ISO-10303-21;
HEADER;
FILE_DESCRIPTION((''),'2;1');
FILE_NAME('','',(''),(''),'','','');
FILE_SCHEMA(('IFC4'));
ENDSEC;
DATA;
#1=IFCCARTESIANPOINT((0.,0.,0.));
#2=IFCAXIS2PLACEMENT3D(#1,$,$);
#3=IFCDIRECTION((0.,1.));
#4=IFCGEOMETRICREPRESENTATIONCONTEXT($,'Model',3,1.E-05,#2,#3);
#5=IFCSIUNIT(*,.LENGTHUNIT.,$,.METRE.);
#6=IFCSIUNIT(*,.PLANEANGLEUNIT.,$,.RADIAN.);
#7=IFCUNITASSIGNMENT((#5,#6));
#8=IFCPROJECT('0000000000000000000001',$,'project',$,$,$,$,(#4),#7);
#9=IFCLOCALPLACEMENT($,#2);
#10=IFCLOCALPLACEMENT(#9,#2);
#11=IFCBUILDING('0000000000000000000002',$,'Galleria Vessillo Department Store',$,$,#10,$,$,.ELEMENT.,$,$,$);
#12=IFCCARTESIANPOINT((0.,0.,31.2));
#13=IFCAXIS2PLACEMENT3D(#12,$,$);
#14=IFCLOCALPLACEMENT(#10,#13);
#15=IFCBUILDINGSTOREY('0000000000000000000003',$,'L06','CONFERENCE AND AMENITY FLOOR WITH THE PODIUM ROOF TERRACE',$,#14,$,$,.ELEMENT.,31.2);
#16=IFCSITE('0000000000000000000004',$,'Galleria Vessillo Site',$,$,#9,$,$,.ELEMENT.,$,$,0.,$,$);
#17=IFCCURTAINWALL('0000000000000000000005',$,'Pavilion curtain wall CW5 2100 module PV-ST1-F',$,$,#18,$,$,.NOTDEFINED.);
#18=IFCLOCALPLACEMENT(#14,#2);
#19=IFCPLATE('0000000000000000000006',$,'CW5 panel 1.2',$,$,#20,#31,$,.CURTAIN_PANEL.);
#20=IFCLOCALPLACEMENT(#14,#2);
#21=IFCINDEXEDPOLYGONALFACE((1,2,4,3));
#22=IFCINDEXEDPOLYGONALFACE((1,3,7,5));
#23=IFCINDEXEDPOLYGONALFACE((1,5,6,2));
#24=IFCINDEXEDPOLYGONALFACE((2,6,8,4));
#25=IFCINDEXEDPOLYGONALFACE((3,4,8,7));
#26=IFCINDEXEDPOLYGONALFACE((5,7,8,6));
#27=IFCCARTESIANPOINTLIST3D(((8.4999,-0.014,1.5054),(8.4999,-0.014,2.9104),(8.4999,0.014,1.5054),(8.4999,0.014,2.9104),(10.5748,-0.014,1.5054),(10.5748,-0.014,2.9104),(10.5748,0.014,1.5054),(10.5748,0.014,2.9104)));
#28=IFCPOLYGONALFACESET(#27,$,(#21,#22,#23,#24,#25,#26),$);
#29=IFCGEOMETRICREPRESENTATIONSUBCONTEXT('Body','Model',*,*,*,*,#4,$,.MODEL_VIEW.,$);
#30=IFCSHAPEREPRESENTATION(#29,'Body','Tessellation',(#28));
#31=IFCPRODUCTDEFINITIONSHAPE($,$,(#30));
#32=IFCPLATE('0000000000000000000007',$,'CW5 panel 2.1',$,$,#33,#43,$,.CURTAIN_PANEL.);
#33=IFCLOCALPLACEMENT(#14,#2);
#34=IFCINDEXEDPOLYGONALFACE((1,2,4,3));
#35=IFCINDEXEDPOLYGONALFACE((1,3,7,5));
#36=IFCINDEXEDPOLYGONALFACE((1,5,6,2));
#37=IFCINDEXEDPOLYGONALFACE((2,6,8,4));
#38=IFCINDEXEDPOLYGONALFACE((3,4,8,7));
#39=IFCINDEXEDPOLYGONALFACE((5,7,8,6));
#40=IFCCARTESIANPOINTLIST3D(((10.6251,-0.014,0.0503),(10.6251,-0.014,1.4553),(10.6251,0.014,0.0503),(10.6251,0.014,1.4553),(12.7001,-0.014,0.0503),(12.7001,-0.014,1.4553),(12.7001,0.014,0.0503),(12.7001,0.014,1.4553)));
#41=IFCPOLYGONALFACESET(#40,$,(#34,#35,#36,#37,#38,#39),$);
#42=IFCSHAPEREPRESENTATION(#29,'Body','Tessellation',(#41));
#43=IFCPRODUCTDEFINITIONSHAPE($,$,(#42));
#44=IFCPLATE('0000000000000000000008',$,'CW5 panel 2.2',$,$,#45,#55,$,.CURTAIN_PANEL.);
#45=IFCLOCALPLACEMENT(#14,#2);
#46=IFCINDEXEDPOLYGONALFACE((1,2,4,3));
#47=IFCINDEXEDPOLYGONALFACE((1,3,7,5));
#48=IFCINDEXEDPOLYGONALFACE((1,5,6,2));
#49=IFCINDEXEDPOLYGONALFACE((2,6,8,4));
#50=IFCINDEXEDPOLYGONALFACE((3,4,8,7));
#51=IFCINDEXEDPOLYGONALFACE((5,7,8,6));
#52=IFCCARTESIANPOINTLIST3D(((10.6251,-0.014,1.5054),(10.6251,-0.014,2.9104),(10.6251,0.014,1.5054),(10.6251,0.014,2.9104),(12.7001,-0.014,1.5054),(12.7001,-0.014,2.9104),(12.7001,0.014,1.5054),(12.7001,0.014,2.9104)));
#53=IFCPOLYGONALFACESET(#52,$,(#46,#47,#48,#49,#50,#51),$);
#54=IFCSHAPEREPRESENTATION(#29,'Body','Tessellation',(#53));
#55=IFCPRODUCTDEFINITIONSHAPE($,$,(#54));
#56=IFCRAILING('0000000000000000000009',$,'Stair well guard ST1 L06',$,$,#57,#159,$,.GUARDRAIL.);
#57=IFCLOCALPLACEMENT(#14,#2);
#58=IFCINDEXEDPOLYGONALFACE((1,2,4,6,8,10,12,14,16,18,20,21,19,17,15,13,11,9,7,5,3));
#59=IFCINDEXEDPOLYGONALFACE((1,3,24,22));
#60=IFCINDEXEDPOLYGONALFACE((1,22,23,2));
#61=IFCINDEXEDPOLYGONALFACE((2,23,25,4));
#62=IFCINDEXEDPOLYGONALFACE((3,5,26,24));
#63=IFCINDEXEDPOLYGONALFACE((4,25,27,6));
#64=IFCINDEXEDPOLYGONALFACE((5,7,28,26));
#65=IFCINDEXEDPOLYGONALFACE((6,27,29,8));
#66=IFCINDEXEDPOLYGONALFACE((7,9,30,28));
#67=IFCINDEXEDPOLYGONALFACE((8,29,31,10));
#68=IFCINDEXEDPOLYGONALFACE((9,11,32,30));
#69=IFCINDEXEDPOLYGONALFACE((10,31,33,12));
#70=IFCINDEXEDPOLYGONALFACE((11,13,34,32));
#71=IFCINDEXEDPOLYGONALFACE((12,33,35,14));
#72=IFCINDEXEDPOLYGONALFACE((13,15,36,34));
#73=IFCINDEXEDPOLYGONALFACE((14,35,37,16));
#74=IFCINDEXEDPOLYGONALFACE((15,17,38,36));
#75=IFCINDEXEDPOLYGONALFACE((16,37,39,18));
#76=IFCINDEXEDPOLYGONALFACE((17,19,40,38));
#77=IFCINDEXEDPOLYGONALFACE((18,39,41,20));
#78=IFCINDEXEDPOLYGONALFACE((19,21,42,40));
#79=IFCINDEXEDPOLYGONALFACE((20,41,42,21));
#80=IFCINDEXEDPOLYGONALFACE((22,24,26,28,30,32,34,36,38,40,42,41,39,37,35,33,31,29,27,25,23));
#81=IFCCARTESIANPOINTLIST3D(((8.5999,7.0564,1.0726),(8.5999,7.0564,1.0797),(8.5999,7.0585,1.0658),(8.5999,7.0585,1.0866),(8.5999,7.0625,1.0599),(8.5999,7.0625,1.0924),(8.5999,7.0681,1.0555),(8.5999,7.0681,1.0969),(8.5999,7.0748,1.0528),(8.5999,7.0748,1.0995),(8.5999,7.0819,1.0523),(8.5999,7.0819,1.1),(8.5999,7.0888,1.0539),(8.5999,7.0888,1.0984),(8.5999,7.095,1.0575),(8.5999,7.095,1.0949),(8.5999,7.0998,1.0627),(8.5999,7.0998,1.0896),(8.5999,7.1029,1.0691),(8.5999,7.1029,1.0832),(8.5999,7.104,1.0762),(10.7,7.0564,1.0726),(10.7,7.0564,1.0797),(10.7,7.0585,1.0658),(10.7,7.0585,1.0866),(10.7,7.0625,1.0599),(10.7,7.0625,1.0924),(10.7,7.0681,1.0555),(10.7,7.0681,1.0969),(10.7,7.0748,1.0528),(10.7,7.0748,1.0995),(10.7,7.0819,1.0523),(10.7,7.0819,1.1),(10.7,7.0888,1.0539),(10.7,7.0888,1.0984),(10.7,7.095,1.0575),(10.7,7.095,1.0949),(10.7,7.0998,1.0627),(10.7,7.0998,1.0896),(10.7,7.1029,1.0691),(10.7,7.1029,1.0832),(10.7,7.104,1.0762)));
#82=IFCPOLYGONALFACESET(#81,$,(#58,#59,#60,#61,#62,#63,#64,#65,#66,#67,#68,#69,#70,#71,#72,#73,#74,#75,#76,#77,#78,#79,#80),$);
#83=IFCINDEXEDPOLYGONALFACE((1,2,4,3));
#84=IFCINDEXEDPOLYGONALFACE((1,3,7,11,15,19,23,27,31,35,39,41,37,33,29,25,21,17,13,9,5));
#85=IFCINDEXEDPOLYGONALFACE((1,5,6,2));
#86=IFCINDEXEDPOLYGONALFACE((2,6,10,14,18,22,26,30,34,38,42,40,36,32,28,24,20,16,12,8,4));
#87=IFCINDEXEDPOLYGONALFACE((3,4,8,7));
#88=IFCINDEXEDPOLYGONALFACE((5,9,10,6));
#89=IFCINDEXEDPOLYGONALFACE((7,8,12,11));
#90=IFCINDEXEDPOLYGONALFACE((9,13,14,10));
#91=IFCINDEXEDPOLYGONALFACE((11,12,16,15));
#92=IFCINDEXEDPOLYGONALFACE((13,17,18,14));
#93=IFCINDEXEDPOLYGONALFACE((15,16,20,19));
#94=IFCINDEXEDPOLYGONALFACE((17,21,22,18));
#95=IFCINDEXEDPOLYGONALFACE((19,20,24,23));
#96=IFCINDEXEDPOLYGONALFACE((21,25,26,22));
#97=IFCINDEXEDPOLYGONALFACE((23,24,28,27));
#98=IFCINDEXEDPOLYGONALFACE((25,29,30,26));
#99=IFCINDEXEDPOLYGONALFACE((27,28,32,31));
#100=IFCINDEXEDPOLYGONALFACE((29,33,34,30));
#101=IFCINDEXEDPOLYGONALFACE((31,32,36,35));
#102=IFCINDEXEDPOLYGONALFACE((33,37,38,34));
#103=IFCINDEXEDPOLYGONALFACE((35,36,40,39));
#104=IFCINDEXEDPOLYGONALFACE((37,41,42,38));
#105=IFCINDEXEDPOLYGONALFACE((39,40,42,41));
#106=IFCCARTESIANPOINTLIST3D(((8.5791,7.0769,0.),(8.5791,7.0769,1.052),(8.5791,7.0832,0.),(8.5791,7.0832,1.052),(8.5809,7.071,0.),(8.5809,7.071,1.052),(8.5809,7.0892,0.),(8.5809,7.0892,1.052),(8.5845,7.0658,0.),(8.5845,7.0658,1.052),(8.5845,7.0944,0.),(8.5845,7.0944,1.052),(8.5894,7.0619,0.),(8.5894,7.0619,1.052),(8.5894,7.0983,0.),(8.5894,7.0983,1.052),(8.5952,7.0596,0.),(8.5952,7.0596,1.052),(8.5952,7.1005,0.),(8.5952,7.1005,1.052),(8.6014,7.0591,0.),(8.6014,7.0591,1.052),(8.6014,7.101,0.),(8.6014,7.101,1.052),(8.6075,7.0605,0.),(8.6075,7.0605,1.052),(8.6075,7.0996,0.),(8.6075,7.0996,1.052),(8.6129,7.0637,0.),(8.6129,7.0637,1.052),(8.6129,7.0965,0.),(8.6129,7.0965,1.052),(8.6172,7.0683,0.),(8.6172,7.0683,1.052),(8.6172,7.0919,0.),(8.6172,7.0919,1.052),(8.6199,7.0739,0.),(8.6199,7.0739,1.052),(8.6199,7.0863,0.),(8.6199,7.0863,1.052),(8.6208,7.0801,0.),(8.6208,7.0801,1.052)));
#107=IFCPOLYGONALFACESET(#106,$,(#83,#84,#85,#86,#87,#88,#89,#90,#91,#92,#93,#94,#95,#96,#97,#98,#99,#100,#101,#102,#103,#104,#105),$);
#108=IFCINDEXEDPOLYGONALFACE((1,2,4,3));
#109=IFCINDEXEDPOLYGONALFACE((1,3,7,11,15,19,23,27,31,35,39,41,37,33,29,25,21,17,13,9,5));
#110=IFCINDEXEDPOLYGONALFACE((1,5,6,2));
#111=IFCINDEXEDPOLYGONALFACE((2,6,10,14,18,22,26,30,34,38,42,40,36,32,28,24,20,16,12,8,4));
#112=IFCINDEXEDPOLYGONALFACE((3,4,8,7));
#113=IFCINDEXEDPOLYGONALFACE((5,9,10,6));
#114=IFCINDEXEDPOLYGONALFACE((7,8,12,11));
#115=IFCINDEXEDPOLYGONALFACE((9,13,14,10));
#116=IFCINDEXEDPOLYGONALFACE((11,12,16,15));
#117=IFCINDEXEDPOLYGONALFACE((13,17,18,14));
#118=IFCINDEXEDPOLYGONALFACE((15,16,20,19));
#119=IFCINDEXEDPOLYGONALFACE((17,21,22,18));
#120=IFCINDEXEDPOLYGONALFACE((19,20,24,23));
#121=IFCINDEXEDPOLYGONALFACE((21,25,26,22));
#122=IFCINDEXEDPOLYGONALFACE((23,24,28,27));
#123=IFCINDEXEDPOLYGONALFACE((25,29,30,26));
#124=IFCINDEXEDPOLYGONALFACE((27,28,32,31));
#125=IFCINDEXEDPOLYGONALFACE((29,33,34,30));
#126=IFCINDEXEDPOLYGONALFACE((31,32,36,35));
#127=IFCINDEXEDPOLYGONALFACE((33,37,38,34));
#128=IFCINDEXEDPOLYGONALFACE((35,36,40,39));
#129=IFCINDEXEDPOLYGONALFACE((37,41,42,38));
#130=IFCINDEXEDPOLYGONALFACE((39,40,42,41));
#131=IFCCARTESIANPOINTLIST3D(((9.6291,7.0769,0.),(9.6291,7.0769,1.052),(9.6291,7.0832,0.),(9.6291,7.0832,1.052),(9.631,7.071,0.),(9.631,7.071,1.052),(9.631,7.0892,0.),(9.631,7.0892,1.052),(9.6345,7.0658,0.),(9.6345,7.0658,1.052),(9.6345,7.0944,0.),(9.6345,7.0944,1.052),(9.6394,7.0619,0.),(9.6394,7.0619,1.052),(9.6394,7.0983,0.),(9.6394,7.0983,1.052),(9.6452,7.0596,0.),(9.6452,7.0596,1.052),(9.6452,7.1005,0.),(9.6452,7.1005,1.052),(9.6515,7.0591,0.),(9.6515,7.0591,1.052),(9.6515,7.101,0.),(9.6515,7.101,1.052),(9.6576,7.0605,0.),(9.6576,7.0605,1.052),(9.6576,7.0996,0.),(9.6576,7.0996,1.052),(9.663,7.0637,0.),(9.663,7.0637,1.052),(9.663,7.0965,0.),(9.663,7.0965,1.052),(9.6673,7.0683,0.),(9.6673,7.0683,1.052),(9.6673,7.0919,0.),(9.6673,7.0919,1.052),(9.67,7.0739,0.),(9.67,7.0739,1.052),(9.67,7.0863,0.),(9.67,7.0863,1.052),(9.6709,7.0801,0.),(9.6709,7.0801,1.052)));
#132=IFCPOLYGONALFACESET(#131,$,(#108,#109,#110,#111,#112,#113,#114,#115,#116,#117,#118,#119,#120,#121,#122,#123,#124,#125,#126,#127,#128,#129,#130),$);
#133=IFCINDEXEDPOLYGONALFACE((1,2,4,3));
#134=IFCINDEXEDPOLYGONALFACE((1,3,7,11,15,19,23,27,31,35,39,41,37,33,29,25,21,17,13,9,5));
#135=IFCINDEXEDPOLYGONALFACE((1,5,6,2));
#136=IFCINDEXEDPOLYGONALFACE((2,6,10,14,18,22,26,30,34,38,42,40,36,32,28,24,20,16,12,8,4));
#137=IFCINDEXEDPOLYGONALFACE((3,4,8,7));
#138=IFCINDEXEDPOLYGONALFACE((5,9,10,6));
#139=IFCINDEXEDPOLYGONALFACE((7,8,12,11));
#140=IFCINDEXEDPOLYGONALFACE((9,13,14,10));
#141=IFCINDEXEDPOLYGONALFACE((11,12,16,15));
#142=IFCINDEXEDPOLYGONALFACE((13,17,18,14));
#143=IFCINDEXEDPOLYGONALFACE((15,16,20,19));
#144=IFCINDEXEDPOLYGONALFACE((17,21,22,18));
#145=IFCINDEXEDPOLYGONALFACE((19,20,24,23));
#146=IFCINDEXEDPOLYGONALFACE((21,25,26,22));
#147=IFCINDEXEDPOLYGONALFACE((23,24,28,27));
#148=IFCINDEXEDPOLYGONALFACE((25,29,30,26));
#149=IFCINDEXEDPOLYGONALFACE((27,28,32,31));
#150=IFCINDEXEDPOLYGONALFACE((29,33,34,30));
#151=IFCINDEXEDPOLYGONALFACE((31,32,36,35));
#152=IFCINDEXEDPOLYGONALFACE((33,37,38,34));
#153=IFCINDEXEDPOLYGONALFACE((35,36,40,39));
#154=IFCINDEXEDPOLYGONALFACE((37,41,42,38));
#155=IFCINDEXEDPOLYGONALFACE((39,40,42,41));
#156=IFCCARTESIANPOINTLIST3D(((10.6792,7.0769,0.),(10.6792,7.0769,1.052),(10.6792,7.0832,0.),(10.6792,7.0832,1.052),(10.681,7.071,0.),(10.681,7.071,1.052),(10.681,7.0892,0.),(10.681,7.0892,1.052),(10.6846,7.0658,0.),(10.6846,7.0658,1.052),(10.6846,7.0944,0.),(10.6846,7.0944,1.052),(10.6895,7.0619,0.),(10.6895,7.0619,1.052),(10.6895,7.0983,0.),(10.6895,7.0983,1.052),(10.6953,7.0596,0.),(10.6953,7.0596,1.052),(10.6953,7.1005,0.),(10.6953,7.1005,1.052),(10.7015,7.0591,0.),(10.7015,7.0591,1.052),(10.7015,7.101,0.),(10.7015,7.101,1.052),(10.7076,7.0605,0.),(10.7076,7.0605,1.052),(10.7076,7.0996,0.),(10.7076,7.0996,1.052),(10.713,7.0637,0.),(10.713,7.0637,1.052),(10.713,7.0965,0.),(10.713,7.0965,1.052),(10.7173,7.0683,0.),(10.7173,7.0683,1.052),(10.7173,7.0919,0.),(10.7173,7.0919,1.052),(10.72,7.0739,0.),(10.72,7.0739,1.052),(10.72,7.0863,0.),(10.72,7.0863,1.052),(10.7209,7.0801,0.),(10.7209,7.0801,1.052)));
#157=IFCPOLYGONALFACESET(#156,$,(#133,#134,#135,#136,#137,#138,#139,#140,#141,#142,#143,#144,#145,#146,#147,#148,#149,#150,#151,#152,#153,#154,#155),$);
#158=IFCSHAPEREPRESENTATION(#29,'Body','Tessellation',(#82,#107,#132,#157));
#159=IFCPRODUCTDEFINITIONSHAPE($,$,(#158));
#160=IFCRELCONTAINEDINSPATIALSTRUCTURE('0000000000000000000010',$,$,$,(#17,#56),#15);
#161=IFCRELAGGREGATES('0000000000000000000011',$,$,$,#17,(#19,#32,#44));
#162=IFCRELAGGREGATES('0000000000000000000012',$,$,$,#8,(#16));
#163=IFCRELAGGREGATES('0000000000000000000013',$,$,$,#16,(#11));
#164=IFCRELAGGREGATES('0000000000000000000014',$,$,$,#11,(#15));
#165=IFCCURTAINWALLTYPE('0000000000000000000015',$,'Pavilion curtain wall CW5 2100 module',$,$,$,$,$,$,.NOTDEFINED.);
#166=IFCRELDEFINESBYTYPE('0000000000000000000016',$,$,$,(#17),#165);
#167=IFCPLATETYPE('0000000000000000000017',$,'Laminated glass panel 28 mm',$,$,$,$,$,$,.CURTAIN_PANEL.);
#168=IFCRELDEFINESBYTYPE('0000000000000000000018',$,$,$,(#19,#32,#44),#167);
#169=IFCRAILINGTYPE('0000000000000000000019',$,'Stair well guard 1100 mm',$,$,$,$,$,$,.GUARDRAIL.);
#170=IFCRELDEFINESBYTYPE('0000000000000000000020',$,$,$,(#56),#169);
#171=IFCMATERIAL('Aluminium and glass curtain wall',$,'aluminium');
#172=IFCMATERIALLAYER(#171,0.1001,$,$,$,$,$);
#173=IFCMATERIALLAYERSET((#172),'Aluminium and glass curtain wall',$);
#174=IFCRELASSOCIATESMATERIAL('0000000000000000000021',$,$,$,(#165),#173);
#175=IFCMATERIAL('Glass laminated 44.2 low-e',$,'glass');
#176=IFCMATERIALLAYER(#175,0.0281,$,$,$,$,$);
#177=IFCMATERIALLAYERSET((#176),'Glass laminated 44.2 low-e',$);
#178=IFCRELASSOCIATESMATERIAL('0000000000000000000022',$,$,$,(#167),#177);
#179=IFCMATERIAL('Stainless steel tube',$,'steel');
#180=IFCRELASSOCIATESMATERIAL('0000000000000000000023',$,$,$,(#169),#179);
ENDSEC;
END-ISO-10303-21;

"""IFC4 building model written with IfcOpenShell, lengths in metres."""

from ifc_helpers import new_model, si_unit, direction, frame, origin, origin_2d, place, context, subcontext, project, spatial, rectangle, circle, extrude, material, layer, layer_set, type_object, element, aggregate, save


model = new_model("IFC4")

# Units and contexts
model_context = context("Model", 3, precision=1e-05, world=origin(), true_north=direction((0.0, 1.0)))
body_context = subcontext(model_context, "Body", "Model", "MODEL_VIEW")
ifc_project = project(units=[si_unit("LENGTHUNIT", "METRE"), si_unit("PLANEANGLEUNIT", "RADIAN")], contexts=[model_context])

# Site, building, storey
site_placement = place(None, origin())
site = spatial("IfcSite", under=ifc_project, at=site_placement, Name="Galleria Vessillo Site", CompositionType="ELEMENT", RefElevation=0.0)
building_placement = place(site_placement, origin())
building = spatial("IfcBuilding", under=site, at=building_placement, Name="Galleria Vessillo Department Store", CompositionType="ELEMENT")
storey_placement = place(building_placement, frame((0.0, 0.0, 31.2)))
storey = spatial("IfcBuildingStorey", under=building, at=storey_placement, Name="L06", Description="CONFERENCE AND AMENITY FLOOR WITH THE PODIUM ROOF TERRACE", CompositionType="ELEMENT", Elevation=31.2)

# Shared definitions
ifc_material_1 = material(Name="Aluminium and glass curtain wall", Category="aluminium")
ifc_layer_1 = layer(ifc_material_1, 0.1001)
ifc_layer_set_1 = layer_set([ifc_layer_1], Name="Aluminium and glass curtain wall")
curtain_wall_type = type_object("IfcCurtainWallType", Name="Pavilion curtain wall CW5 2100 module", PredefinedType="NOTDEFINED", material=ifc_layer_set_1)

# Curtain wall
curtain_wall_1_placement = place(storey_placement, origin())
curtain_wall_1 = element("IfcCurtainWall", 1, at=curtain_wall_1_placement, inside=storey, type_object=curtain_wall_type, Name="Pavilion curtain wall CW5 2100 module PV-ST1-F", PredefinedType="NOTDEFINED")

# Shared definitions
ifc_material_2 = material(Name="Glass laminated 44.2 low-e", Category="glass")
ifc_layer_2 = layer(ifc_material_2, 0.0281)
ifc_layer_set_2 = layer_set([ifc_layer_2], Name="Glass laminated 44.2 low-e")
plate_type = type_object("IfcPlateType", Name="Laminated glass panel 28 mm", PredefinedType="CURTAIN_PANEL", material=ifc_layer_set_2)

# Plates
plate_1_placement = place(storey_placement, frame((9.5374, 0.0, 1.5054), z_axis=(0.0, 0.0, 1.0), x_axis=(1.0, 0.0, 0.0)))
plate_1 = element("IfcPlate", 2, at=plate_1_placement, type_object=plate_type, Name="CW5 panel 1.2", PredefinedType="CURTAIN_PANEL", context=body_context, shape_type="SweptSolid", body=[
    extrude(rectangle(XDim=2.075, YDim=0.0281, at=origin_2d()), origin(), (0.0, 0.0, 1.0), 1.405),
])
plate_2_placement = place(storey_placement, frame((11.6626, 0.0, 0.0503), z_axis=(0.0, 0.0, 1.0), x_axis=(1.0, 0.0, 0.0)))
plate_2 = element("IfcPlate", 3, at=plate_2_placement, type_object=plate_type, Name="CW5 panel 2.1", PredefinedType="CURTAIN_PANEL", context=body_context, shape_type="SweptSolid", body=[
    extrude(rectangle(XDim=2.075, YDim=0.0281, at=origin_2d()), origin(), (0.0, 0.0, 1.0), 1.405),
])
plate_3_placement = place(storey_placement, frame((11.6626, 0.0, 1.5054), z_axis=(0.0, 0.0, 1.0), x_axis=(1.0, 0.0, 0.0)))
plate_3 = element("IfcPlate", 4, at=plate_3_placement, type_object=plate_type, Name="CW5 panel 2.2", PredefinedType="CURTAIN_PANEL", context=body_context, shape_type="SweptSolid", body=[
    extrude(rectangle(XDim=2.075, YDim=0.0281, at=origin_2d()), origin(), (0.0, 0.0, 1.0), 1.405),
])
aggregate(curtain_wall_1, [plate_1, plate_2, plate_3])

# Railing
ifc_material_3 = material(Name="Stainless steel tube", Category="steel")
railing_type_1 = type_object("IfcRailingType", Name="Stair well guard 1100 mm", PredefinedType="GUARDRAIL", material=ifc_material_3)
railing_1_placement = place(storey_placement, frame((8.5999, 7.0801, 0.0)))
element("IfcRailing", 5, at=railing_1_placement, inside=storey, type_object=railing_type_1, Name="Stair well guard ST1 L06", PredefinedType="GUARDRAIL", context=body_context, shape_type="SweptSolid", body=[
    extrude(circle(Radius=0.0239, at=origin_2d()), frame((0.0, 0.0, 1.0762), z_axis=(1.0, 0.0, 0.0), x_axis=(0.0, 1.0, 0.0)), (0.0, 0.0, 1.0), 2.1001),
    extrude(circle(Radius=0.021, at=origin_2d()), origin(), (0.0, 0.0, 1.0), 1.052),
    extrude(circle(Radius=0.021, at=origin_2d()), frame((1.05, 0.0, 0.0)), (0.0, 0.0, 1.0), 1.052),
    extrude(circle(Radius=0.021, at=origin_2d()), frame((2.1001, 0.0, 0.0)), (0.0, 0.0, 1.0), 1.052),
])

save(model, "model.ifc")
